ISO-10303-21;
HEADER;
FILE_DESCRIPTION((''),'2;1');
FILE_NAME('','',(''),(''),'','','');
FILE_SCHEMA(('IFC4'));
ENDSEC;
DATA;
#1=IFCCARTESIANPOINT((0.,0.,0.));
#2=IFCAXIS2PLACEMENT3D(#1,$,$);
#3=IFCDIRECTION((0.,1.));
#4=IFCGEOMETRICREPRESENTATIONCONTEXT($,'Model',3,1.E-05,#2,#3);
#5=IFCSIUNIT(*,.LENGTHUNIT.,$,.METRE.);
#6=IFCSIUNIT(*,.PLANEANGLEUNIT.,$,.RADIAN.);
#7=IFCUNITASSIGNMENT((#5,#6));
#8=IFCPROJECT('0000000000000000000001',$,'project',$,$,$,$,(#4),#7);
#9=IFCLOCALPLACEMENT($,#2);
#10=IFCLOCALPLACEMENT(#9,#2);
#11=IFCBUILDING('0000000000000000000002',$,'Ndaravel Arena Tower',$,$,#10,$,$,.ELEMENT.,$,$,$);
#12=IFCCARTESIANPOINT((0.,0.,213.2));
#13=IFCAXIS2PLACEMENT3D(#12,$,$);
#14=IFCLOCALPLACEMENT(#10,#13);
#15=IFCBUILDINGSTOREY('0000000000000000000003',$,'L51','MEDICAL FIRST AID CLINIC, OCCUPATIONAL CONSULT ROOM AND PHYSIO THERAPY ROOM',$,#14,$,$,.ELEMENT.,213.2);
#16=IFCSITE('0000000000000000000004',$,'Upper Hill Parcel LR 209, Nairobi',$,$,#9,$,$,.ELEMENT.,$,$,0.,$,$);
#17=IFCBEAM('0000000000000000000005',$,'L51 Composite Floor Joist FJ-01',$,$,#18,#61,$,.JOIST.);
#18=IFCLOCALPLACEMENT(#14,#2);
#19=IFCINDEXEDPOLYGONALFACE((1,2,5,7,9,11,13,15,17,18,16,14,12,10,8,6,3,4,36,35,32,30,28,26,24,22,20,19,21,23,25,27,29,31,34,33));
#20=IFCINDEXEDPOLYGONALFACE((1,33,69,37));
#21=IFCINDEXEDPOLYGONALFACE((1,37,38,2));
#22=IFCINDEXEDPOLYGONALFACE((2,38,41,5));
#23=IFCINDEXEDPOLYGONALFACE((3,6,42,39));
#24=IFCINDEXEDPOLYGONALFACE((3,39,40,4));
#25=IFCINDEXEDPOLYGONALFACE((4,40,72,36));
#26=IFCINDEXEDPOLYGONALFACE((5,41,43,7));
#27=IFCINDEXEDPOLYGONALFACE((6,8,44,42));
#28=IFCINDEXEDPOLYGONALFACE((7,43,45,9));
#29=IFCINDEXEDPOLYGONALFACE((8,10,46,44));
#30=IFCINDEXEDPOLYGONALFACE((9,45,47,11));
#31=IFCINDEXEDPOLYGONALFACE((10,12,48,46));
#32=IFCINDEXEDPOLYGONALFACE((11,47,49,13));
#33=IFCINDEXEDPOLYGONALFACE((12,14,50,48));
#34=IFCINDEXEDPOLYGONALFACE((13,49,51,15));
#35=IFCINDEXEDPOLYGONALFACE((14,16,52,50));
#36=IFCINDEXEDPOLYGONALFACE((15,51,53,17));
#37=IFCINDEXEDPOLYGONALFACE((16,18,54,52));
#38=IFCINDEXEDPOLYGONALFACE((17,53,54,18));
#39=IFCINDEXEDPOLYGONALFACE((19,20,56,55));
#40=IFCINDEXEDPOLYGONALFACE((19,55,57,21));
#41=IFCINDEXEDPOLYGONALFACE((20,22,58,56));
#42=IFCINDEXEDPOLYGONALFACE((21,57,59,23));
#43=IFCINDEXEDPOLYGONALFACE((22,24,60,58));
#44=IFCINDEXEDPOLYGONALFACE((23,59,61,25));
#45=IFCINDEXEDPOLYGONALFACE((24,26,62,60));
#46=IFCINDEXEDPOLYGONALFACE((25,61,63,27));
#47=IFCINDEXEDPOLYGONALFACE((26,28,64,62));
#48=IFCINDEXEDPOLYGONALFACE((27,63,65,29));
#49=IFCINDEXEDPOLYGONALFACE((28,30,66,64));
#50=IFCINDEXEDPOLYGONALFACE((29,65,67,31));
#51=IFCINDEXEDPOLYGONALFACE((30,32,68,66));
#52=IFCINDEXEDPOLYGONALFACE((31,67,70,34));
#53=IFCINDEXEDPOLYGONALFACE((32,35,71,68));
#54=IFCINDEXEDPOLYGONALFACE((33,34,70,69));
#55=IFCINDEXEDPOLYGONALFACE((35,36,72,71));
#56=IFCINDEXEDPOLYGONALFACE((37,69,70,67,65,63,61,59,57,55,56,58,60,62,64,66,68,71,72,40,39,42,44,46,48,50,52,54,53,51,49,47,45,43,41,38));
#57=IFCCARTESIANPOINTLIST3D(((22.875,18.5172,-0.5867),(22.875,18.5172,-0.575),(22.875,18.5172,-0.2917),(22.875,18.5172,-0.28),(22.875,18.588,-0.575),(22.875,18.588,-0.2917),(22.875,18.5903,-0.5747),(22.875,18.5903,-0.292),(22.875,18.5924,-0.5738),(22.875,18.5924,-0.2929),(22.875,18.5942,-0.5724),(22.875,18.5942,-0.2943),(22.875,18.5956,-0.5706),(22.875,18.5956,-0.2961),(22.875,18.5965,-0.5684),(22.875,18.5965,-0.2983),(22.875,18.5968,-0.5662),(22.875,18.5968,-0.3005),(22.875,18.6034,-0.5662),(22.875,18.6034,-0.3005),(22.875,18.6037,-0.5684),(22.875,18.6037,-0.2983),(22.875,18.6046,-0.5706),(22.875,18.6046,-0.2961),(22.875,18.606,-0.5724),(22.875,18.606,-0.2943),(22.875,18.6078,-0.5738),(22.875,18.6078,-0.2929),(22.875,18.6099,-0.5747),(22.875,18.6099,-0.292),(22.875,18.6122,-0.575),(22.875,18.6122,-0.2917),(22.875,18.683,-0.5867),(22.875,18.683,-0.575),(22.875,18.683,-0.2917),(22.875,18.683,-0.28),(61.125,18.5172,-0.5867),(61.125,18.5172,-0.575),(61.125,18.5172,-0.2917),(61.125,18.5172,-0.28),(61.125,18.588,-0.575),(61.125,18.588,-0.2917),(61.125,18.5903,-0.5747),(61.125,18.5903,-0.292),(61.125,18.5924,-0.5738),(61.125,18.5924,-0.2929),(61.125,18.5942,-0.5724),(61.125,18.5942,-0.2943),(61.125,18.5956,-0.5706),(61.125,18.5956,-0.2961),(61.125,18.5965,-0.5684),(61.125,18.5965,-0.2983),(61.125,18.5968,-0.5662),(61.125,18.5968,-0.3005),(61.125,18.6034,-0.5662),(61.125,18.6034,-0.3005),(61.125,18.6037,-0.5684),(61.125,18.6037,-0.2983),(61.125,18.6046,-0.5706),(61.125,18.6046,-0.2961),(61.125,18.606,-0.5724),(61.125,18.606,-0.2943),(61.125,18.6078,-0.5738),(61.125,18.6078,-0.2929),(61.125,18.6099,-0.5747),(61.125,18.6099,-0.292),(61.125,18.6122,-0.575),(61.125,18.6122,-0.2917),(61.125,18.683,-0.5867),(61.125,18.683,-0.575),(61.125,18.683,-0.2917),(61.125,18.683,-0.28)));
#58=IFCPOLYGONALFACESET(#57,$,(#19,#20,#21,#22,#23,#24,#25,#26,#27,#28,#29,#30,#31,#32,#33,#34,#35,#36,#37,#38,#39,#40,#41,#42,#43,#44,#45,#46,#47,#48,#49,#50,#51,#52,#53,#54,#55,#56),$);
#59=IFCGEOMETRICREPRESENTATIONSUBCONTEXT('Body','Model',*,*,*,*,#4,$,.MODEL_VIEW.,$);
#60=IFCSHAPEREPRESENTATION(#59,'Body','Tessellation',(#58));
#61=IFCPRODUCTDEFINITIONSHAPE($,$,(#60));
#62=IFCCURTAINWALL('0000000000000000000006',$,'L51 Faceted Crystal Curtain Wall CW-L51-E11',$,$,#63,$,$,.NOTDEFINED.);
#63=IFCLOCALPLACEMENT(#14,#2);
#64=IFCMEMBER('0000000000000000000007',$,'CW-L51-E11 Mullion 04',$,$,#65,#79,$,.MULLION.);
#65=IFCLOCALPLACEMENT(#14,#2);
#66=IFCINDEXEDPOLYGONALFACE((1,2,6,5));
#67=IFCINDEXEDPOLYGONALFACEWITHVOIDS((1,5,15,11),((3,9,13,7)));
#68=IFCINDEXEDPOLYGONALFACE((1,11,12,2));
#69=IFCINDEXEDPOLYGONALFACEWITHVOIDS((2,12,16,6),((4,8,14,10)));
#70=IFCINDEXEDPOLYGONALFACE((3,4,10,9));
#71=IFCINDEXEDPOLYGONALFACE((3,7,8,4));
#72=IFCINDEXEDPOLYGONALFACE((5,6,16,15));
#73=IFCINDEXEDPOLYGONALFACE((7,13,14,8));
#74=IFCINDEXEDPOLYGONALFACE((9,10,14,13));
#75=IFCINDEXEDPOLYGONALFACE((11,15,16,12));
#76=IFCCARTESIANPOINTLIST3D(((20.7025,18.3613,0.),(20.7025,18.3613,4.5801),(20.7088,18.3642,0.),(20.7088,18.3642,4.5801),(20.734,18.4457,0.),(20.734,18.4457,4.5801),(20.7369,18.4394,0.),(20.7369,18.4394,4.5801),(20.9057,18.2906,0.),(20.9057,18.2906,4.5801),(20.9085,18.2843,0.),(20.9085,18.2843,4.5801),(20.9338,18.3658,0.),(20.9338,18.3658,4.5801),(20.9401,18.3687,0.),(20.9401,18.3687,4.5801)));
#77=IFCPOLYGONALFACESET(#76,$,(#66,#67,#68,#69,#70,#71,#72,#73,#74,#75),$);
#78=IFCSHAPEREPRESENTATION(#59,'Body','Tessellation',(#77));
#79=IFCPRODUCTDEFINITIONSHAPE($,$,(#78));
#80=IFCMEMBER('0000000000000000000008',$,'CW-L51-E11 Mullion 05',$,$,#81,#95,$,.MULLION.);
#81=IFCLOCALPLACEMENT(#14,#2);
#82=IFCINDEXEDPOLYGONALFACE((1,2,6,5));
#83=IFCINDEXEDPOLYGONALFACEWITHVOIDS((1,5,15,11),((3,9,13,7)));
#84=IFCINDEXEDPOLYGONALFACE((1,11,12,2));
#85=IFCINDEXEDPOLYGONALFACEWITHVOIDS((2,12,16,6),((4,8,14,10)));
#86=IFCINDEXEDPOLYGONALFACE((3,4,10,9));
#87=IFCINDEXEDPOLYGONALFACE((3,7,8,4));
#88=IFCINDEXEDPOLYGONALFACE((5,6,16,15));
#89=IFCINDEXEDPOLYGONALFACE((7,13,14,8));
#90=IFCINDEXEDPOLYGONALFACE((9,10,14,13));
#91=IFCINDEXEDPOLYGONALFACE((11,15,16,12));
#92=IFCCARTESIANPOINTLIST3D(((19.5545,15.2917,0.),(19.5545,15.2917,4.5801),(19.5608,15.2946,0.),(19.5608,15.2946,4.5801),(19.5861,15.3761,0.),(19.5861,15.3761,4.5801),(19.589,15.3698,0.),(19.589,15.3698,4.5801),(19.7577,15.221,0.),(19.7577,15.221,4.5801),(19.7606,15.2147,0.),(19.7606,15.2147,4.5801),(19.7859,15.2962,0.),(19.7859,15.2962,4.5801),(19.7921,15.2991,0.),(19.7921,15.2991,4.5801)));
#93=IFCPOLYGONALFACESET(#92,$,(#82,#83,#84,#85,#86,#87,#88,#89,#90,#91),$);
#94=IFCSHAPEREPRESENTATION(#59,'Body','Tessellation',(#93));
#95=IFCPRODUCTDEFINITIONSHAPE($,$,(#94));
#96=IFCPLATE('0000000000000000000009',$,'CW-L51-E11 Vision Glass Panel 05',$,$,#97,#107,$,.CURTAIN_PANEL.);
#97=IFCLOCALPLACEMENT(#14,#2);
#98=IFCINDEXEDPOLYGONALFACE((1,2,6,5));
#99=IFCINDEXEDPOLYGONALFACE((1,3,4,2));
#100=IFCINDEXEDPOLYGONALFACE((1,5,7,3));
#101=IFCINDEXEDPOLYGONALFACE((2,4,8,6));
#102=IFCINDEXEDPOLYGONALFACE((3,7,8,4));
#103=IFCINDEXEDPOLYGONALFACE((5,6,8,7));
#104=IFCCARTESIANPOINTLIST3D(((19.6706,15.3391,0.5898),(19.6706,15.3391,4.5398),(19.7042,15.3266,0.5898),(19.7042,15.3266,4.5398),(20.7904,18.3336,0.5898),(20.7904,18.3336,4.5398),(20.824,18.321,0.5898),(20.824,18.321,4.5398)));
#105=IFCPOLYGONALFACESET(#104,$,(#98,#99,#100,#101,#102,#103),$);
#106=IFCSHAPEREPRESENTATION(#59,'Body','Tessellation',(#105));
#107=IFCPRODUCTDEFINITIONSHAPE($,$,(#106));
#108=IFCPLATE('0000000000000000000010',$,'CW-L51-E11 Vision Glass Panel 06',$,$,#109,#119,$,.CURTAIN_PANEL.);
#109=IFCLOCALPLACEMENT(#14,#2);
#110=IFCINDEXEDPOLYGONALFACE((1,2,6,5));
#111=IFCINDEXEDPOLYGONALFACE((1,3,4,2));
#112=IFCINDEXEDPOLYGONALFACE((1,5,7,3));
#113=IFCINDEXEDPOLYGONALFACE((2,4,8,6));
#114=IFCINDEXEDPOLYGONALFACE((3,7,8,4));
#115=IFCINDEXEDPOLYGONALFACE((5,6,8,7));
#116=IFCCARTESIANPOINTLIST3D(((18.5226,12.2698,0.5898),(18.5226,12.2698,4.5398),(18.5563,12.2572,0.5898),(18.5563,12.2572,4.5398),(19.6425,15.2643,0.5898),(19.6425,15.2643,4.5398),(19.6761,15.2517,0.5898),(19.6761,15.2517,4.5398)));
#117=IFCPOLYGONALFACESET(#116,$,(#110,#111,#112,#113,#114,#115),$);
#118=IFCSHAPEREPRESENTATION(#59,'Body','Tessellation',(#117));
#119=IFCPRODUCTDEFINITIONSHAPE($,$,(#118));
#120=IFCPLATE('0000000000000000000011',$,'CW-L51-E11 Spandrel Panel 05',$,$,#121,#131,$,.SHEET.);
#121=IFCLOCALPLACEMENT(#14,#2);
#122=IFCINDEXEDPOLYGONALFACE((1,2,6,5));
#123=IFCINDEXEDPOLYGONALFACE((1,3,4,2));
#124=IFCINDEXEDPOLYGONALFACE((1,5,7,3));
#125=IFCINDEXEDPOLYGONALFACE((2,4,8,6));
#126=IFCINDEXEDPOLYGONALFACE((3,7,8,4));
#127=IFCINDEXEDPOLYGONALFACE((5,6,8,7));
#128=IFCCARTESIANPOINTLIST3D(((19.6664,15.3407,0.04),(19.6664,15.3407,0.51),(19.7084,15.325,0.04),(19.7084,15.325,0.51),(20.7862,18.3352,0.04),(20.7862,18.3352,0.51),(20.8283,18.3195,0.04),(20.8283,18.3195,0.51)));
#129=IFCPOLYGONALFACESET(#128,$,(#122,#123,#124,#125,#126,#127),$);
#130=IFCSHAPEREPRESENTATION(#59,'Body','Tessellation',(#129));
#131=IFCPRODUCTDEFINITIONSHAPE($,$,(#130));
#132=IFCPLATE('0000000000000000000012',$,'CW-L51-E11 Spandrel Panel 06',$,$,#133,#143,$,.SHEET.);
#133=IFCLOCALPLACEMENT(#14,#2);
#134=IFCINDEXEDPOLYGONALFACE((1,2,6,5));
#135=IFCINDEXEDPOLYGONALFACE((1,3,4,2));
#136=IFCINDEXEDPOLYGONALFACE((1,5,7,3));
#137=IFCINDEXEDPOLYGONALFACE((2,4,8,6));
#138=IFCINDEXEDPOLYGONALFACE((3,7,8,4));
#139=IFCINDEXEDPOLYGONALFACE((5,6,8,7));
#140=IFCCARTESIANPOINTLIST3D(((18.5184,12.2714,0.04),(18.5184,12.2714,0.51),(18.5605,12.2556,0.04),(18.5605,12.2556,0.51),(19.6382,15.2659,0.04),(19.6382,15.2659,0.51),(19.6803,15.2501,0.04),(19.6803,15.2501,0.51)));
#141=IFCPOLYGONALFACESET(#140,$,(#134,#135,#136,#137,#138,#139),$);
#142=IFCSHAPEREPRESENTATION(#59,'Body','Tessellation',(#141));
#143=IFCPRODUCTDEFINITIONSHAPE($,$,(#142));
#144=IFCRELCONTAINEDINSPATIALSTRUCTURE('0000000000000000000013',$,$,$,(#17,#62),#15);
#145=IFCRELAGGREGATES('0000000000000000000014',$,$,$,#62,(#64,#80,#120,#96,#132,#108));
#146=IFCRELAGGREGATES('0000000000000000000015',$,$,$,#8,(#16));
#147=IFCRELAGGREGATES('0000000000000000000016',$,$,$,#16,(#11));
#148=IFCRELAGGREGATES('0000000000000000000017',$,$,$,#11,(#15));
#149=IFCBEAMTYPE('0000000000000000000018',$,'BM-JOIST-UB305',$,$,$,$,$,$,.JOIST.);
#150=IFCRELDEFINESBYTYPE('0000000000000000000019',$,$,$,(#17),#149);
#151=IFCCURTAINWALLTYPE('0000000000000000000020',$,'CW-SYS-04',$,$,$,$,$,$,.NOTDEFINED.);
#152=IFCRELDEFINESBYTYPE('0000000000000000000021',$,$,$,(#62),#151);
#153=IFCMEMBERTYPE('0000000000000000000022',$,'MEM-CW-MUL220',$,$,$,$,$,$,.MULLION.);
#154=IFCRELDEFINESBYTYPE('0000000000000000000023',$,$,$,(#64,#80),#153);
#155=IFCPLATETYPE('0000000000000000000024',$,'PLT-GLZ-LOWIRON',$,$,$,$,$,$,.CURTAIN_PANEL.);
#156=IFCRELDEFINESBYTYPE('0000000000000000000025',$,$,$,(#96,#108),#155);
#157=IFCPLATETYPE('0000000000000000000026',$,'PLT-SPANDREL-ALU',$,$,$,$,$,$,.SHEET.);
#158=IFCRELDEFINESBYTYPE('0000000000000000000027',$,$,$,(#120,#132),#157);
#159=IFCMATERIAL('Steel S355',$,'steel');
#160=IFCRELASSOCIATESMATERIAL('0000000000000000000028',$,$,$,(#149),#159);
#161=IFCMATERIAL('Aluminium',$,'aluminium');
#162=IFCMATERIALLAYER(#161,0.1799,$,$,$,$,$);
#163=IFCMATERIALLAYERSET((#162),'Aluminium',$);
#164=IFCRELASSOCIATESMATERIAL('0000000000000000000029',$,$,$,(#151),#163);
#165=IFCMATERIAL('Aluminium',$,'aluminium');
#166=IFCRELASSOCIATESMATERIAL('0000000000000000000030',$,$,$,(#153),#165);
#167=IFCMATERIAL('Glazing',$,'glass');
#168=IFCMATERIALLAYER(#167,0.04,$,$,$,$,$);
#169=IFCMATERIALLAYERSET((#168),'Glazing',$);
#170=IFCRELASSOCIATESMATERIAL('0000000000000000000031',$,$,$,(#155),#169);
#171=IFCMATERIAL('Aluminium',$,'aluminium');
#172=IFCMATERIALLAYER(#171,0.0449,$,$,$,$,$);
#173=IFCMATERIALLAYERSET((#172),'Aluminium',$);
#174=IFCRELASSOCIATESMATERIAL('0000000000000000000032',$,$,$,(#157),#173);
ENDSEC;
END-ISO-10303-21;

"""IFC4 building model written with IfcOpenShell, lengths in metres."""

from ifc_helpers import new_model, si_unit, direction, frame, origin, origin_2d, place, context, subcontext, project, spatial, rectangle, hollow_rectangle, i_section, extrude, material, layer, layer_set, material_profile, profile_set, type_object, element, aggregate, save


model = new_model("IFC4")

# Units and contexts
model_context = context("Model", 3, precision=1e-05, world=origin(), true_north=direction((0.0, 1.0)))
body_context = subcontext(model_context, "Body", "Model", "MODEL_VIEW")
ifc_project = project(units=[si_unit("LENGTHUNIT", "METRE"), si_unit("PLANEANGLEUNIT", "RADIAN")], contexts=[model_context])

# Site, building, storey
site_placement = place(None, origin())
site = spatial("IfcSite", under=ifc_project, at=site_placement, Name="Upper Hill Parcel LR 209, Nairobi", CompositionType="ELEMENT", RefElevation=0.0)
building_placement = place(site_placement, origin())
building = spatial("IfcBuilding", under=site, at=building_placement, Name="Ndaravel Arena Tower", CompositionType="ELEMENT")
storey_placement = place(building_placement, frame((0.0, 0.0, 213.2)))
storey = spatial("IfcBuildingStorey", under=building, at=storey_placement, Name="L51", Description="MEDICAL FIRST AID CLINIC, OCCUPATIONAL CONSULT ROOM AND PHYSIO THERAPY ROOM", CompositionType="ELEMENT", Elevation=213.2)

# Beam
ifc_material_1 = material(Name="Steel S355", Category="steel")
ifc_material_profile_1 = material_profile(ifc_material_1, i_section(OverallWidth=0.1658, OverallDepth=0.3066, WebThickness=0.0066, FlangeThickness=0.0117, FilletRadius=0.0088, at=origin_2d()), Name="UB 305x165x46")
ifc_profile_set_1 = profile_set([ifc_material_profile_1], Name="Steel S355")
beam_type = type_object("IfcBeamType", Name="BM-JOIST-UB305", PredefinedType="JOIST", material=ifc_profile_set_1)
beam_placement = place(storey_placement, frame((22.875, 18.6001, -0.4333), z_axis=(1.0, 0.0, 0.0), x_axis=(0.0, 1.0, 0.0)))
element("IfcBeam", 1, at=beam_placement, inside=storey, type_object=beam_type, Name="L51 Composite Floor Joist FJ-01", PredefinedType="JOIST", context=body_context, shape_type="SweptSolid", body=[
    extrude(i_section(OverallWidth=0.1658, OverallDepth=0.3066, WebThickness=0.0066, FlangeThickness=0.0117, FilletRadius=0.0088, at=origin_2d()), origin(), (0.0, 0.0, 1.0), 38.25),
])

# Curtain wall, members, plates
ifc_material_2 = material(Name="Aluminium", Category="aluminium")
ifc_layer_1 = layer(ifc_material_2, 0.1799)
ifc_layer_set_1 = layer_set([ifc_layer_1], Name="Aluminium")
curtain_wall_type = type_object("IfcCurtainWallType", Name="CW-SYS-04", PredefinedType="NOTDEFINED", material=ifc_layer_set_1)
curtain_wall_placement = place(storey_placement, origin())
curtain_wall = element("IfcCurtainWall", 2, at=curtain_wall_placement, inside=storey, type_object=curtain_wall_type, Name="L51 Faceted Crystal Curtain Wall CW-L51-E11", PredefinedType="NOTDEFINED")
ifc_material_3 = material(Name="Aluminium", Category="aluminium")
ifc_material_profile_2 = material_profile(ifc_material_3, hollow_rectangle(XDim=0.0901, YDim=0.22, WallThickness=0.0049, at=origin_2d()), Name="CW MULLION 90x220x5")
ifc_profile_set_2 = profile_set([ifc_material_profile_2], Name="Aluminium")
member_type = type_object("IfcMemberType", Name="MEM-CW-MUL220", PredefinedType="MULLION", material=ifc_profile_set_2)
member_1_placement = place(storey_placement, frame((20.8213, 18.365, 0.0), z_axis=(0.0, 0.0, 1.0), x_axis=(-0.350273, -0.936648, 0.0)))
member_1 = element("IfcMember", 3, at=member_1_placement, type_object=member_type, Name="CW-L51-E11 Mullion 04", PredefinedType="MULLION", context=body_context, shape_type="SweptSolid", body=[
    extrude(hollow_rectangle(XDim=0.0901, YDim=0.22, WallThickness=0.0049, at=origin_2d()), origin(), (0.0, 0.0, 1.0), 4.5801),
])
member_2_placement = place(storey_placement, frame((19.6733, 15.2954, 0.0), z_axis=(0.0, 0.0, 1.0), x_axis=(-0.350273, -0.936648, 0.0)))
member_2 = element("IfcMember", 4, at=member_2_placement, type_object=member_type, Name="CW-L51-E11 Mullion 05", PredefinedType="MULLION", context=body_context, shape_type="SweptSolid", body=[
    extrude(hollow_rectangle(XDim=0.0901, YDim=0.22, WallThickness=0.0049, at=origin_2d()), origin(), (0.0, 0.0, 1.0), 4.5801),
])
ifc_material_4 = material(Name="Glazing", Category="glass")
ifc_layer_2 = layer(ifc_material_4, 0.04)
ifc_layer_set_2 = layer_set([ifc_layer_2], Name="Glazing")
plate_type_1 = type_object("IfcPlateType", Name="PLT-GLZ-LOWIRON", PredefinedType="CURTAIN_PANEL", material=ifc_layer_set_2)
plate_1_placement = place(storey_placement, frame((20.2473, 16.8301, 0.5898), z_axis=(0.0, 0.0, 1.0), x_axis=(-0.350273, -0.936648, 0.0)))
plate_1 = element("IfcPlate", 5, at=plate_1_placement, type_object=plate_type_1, Name="CW-L51-E11 Vision Glass Panel 05", PredefinedType="CURTAIN_PANEL", context=body_context, shape_type="SweptSolid", body=[
    extrude(rectangle(XDim=3.197, YDim=0.0359, at=origin_2d()), origin(), (0.0, 0.0, 1.0), 3.95),
])
plate_2_placement = place(storey_placement, frame((19.0994, 13.7607, 0.5898), z_axis=(0.0, 0.0, 1.0), x_axis=(-0.350273, -0.936648, 0.0)))
plate_2 = element("IfcPlate", 6, at=plate_2_placement, type_object=plate_type_1, Name="CW-L51-E11 Vision Glass Panel 06", PredefinedType="CURTAIN_PANEL", context=body_context, shape_type="SweptSolid", body=[
    extrude(rectangle(XDim=3.197, YDim=0.0359, at=origin_2d()), origin(), (0.0, 0.0, 1.0), 3.95),
])
ifc_material_5 = material(Name="Aluminium", Category="aluminium")
ifc_layer_3 = layer(ifc_material_5, 0.0449)
ifc_layer_set_3 = layer_set([ifc_layer_3], Name="Aluminium")
plate_type_2 = type_object("IfcPlateType", Name="PLT-SPANDREL-ALU", PredefinedType="SHEET", material=ifc_layer_set_3)
plate_3_placement = place(storey_placement, frame((20.2473, 16.8301, 0.04), z_axis=(0.0, 0.0, 1.0), x_axis=(-0.350273, -0.936648, 0.0)))
plate_3 = element("IfcPlate", 7, at=plate_3_placement, type_object=plate_type_2, Name="CW-L51-E11 Spandrel Panel 05", PredefinedType="SHEET", context=body_context, shape_type="SweptSolid", body=[
    extrude(rectangle(XDim=3.197, YDim=0.0449, at=origin_2d()), origin(), (0.0, 0.0, 1.0), 0.47),
])
plate_4_placement = place(storey_placement, frame((19.0994, 13.7607, 0.04), z_axis=(0.0, 0.0, 1.0), x_axis=(-0.350273, -0.936648, 0.0)))
plate_4 = element("IfcPlate", 8, at=plate_4_placement, type_object=plate_type_2, Name="CW-L51-E11 Spandrel Panel 06", PredefinedType="SHEET", context=body_context, shape_type="SweptSolid", body=[
    extrude(rectangle(XDim=3.197, YDim=0.0449, at=origin_2d()), origin(), (0.0, 0.0, 1.0), 0.47),
])
aggregate(curtain_wall, [member_1, member_2, plate_3, plate_1, plate_4, plate_2])

save(model, "model.ifc")
